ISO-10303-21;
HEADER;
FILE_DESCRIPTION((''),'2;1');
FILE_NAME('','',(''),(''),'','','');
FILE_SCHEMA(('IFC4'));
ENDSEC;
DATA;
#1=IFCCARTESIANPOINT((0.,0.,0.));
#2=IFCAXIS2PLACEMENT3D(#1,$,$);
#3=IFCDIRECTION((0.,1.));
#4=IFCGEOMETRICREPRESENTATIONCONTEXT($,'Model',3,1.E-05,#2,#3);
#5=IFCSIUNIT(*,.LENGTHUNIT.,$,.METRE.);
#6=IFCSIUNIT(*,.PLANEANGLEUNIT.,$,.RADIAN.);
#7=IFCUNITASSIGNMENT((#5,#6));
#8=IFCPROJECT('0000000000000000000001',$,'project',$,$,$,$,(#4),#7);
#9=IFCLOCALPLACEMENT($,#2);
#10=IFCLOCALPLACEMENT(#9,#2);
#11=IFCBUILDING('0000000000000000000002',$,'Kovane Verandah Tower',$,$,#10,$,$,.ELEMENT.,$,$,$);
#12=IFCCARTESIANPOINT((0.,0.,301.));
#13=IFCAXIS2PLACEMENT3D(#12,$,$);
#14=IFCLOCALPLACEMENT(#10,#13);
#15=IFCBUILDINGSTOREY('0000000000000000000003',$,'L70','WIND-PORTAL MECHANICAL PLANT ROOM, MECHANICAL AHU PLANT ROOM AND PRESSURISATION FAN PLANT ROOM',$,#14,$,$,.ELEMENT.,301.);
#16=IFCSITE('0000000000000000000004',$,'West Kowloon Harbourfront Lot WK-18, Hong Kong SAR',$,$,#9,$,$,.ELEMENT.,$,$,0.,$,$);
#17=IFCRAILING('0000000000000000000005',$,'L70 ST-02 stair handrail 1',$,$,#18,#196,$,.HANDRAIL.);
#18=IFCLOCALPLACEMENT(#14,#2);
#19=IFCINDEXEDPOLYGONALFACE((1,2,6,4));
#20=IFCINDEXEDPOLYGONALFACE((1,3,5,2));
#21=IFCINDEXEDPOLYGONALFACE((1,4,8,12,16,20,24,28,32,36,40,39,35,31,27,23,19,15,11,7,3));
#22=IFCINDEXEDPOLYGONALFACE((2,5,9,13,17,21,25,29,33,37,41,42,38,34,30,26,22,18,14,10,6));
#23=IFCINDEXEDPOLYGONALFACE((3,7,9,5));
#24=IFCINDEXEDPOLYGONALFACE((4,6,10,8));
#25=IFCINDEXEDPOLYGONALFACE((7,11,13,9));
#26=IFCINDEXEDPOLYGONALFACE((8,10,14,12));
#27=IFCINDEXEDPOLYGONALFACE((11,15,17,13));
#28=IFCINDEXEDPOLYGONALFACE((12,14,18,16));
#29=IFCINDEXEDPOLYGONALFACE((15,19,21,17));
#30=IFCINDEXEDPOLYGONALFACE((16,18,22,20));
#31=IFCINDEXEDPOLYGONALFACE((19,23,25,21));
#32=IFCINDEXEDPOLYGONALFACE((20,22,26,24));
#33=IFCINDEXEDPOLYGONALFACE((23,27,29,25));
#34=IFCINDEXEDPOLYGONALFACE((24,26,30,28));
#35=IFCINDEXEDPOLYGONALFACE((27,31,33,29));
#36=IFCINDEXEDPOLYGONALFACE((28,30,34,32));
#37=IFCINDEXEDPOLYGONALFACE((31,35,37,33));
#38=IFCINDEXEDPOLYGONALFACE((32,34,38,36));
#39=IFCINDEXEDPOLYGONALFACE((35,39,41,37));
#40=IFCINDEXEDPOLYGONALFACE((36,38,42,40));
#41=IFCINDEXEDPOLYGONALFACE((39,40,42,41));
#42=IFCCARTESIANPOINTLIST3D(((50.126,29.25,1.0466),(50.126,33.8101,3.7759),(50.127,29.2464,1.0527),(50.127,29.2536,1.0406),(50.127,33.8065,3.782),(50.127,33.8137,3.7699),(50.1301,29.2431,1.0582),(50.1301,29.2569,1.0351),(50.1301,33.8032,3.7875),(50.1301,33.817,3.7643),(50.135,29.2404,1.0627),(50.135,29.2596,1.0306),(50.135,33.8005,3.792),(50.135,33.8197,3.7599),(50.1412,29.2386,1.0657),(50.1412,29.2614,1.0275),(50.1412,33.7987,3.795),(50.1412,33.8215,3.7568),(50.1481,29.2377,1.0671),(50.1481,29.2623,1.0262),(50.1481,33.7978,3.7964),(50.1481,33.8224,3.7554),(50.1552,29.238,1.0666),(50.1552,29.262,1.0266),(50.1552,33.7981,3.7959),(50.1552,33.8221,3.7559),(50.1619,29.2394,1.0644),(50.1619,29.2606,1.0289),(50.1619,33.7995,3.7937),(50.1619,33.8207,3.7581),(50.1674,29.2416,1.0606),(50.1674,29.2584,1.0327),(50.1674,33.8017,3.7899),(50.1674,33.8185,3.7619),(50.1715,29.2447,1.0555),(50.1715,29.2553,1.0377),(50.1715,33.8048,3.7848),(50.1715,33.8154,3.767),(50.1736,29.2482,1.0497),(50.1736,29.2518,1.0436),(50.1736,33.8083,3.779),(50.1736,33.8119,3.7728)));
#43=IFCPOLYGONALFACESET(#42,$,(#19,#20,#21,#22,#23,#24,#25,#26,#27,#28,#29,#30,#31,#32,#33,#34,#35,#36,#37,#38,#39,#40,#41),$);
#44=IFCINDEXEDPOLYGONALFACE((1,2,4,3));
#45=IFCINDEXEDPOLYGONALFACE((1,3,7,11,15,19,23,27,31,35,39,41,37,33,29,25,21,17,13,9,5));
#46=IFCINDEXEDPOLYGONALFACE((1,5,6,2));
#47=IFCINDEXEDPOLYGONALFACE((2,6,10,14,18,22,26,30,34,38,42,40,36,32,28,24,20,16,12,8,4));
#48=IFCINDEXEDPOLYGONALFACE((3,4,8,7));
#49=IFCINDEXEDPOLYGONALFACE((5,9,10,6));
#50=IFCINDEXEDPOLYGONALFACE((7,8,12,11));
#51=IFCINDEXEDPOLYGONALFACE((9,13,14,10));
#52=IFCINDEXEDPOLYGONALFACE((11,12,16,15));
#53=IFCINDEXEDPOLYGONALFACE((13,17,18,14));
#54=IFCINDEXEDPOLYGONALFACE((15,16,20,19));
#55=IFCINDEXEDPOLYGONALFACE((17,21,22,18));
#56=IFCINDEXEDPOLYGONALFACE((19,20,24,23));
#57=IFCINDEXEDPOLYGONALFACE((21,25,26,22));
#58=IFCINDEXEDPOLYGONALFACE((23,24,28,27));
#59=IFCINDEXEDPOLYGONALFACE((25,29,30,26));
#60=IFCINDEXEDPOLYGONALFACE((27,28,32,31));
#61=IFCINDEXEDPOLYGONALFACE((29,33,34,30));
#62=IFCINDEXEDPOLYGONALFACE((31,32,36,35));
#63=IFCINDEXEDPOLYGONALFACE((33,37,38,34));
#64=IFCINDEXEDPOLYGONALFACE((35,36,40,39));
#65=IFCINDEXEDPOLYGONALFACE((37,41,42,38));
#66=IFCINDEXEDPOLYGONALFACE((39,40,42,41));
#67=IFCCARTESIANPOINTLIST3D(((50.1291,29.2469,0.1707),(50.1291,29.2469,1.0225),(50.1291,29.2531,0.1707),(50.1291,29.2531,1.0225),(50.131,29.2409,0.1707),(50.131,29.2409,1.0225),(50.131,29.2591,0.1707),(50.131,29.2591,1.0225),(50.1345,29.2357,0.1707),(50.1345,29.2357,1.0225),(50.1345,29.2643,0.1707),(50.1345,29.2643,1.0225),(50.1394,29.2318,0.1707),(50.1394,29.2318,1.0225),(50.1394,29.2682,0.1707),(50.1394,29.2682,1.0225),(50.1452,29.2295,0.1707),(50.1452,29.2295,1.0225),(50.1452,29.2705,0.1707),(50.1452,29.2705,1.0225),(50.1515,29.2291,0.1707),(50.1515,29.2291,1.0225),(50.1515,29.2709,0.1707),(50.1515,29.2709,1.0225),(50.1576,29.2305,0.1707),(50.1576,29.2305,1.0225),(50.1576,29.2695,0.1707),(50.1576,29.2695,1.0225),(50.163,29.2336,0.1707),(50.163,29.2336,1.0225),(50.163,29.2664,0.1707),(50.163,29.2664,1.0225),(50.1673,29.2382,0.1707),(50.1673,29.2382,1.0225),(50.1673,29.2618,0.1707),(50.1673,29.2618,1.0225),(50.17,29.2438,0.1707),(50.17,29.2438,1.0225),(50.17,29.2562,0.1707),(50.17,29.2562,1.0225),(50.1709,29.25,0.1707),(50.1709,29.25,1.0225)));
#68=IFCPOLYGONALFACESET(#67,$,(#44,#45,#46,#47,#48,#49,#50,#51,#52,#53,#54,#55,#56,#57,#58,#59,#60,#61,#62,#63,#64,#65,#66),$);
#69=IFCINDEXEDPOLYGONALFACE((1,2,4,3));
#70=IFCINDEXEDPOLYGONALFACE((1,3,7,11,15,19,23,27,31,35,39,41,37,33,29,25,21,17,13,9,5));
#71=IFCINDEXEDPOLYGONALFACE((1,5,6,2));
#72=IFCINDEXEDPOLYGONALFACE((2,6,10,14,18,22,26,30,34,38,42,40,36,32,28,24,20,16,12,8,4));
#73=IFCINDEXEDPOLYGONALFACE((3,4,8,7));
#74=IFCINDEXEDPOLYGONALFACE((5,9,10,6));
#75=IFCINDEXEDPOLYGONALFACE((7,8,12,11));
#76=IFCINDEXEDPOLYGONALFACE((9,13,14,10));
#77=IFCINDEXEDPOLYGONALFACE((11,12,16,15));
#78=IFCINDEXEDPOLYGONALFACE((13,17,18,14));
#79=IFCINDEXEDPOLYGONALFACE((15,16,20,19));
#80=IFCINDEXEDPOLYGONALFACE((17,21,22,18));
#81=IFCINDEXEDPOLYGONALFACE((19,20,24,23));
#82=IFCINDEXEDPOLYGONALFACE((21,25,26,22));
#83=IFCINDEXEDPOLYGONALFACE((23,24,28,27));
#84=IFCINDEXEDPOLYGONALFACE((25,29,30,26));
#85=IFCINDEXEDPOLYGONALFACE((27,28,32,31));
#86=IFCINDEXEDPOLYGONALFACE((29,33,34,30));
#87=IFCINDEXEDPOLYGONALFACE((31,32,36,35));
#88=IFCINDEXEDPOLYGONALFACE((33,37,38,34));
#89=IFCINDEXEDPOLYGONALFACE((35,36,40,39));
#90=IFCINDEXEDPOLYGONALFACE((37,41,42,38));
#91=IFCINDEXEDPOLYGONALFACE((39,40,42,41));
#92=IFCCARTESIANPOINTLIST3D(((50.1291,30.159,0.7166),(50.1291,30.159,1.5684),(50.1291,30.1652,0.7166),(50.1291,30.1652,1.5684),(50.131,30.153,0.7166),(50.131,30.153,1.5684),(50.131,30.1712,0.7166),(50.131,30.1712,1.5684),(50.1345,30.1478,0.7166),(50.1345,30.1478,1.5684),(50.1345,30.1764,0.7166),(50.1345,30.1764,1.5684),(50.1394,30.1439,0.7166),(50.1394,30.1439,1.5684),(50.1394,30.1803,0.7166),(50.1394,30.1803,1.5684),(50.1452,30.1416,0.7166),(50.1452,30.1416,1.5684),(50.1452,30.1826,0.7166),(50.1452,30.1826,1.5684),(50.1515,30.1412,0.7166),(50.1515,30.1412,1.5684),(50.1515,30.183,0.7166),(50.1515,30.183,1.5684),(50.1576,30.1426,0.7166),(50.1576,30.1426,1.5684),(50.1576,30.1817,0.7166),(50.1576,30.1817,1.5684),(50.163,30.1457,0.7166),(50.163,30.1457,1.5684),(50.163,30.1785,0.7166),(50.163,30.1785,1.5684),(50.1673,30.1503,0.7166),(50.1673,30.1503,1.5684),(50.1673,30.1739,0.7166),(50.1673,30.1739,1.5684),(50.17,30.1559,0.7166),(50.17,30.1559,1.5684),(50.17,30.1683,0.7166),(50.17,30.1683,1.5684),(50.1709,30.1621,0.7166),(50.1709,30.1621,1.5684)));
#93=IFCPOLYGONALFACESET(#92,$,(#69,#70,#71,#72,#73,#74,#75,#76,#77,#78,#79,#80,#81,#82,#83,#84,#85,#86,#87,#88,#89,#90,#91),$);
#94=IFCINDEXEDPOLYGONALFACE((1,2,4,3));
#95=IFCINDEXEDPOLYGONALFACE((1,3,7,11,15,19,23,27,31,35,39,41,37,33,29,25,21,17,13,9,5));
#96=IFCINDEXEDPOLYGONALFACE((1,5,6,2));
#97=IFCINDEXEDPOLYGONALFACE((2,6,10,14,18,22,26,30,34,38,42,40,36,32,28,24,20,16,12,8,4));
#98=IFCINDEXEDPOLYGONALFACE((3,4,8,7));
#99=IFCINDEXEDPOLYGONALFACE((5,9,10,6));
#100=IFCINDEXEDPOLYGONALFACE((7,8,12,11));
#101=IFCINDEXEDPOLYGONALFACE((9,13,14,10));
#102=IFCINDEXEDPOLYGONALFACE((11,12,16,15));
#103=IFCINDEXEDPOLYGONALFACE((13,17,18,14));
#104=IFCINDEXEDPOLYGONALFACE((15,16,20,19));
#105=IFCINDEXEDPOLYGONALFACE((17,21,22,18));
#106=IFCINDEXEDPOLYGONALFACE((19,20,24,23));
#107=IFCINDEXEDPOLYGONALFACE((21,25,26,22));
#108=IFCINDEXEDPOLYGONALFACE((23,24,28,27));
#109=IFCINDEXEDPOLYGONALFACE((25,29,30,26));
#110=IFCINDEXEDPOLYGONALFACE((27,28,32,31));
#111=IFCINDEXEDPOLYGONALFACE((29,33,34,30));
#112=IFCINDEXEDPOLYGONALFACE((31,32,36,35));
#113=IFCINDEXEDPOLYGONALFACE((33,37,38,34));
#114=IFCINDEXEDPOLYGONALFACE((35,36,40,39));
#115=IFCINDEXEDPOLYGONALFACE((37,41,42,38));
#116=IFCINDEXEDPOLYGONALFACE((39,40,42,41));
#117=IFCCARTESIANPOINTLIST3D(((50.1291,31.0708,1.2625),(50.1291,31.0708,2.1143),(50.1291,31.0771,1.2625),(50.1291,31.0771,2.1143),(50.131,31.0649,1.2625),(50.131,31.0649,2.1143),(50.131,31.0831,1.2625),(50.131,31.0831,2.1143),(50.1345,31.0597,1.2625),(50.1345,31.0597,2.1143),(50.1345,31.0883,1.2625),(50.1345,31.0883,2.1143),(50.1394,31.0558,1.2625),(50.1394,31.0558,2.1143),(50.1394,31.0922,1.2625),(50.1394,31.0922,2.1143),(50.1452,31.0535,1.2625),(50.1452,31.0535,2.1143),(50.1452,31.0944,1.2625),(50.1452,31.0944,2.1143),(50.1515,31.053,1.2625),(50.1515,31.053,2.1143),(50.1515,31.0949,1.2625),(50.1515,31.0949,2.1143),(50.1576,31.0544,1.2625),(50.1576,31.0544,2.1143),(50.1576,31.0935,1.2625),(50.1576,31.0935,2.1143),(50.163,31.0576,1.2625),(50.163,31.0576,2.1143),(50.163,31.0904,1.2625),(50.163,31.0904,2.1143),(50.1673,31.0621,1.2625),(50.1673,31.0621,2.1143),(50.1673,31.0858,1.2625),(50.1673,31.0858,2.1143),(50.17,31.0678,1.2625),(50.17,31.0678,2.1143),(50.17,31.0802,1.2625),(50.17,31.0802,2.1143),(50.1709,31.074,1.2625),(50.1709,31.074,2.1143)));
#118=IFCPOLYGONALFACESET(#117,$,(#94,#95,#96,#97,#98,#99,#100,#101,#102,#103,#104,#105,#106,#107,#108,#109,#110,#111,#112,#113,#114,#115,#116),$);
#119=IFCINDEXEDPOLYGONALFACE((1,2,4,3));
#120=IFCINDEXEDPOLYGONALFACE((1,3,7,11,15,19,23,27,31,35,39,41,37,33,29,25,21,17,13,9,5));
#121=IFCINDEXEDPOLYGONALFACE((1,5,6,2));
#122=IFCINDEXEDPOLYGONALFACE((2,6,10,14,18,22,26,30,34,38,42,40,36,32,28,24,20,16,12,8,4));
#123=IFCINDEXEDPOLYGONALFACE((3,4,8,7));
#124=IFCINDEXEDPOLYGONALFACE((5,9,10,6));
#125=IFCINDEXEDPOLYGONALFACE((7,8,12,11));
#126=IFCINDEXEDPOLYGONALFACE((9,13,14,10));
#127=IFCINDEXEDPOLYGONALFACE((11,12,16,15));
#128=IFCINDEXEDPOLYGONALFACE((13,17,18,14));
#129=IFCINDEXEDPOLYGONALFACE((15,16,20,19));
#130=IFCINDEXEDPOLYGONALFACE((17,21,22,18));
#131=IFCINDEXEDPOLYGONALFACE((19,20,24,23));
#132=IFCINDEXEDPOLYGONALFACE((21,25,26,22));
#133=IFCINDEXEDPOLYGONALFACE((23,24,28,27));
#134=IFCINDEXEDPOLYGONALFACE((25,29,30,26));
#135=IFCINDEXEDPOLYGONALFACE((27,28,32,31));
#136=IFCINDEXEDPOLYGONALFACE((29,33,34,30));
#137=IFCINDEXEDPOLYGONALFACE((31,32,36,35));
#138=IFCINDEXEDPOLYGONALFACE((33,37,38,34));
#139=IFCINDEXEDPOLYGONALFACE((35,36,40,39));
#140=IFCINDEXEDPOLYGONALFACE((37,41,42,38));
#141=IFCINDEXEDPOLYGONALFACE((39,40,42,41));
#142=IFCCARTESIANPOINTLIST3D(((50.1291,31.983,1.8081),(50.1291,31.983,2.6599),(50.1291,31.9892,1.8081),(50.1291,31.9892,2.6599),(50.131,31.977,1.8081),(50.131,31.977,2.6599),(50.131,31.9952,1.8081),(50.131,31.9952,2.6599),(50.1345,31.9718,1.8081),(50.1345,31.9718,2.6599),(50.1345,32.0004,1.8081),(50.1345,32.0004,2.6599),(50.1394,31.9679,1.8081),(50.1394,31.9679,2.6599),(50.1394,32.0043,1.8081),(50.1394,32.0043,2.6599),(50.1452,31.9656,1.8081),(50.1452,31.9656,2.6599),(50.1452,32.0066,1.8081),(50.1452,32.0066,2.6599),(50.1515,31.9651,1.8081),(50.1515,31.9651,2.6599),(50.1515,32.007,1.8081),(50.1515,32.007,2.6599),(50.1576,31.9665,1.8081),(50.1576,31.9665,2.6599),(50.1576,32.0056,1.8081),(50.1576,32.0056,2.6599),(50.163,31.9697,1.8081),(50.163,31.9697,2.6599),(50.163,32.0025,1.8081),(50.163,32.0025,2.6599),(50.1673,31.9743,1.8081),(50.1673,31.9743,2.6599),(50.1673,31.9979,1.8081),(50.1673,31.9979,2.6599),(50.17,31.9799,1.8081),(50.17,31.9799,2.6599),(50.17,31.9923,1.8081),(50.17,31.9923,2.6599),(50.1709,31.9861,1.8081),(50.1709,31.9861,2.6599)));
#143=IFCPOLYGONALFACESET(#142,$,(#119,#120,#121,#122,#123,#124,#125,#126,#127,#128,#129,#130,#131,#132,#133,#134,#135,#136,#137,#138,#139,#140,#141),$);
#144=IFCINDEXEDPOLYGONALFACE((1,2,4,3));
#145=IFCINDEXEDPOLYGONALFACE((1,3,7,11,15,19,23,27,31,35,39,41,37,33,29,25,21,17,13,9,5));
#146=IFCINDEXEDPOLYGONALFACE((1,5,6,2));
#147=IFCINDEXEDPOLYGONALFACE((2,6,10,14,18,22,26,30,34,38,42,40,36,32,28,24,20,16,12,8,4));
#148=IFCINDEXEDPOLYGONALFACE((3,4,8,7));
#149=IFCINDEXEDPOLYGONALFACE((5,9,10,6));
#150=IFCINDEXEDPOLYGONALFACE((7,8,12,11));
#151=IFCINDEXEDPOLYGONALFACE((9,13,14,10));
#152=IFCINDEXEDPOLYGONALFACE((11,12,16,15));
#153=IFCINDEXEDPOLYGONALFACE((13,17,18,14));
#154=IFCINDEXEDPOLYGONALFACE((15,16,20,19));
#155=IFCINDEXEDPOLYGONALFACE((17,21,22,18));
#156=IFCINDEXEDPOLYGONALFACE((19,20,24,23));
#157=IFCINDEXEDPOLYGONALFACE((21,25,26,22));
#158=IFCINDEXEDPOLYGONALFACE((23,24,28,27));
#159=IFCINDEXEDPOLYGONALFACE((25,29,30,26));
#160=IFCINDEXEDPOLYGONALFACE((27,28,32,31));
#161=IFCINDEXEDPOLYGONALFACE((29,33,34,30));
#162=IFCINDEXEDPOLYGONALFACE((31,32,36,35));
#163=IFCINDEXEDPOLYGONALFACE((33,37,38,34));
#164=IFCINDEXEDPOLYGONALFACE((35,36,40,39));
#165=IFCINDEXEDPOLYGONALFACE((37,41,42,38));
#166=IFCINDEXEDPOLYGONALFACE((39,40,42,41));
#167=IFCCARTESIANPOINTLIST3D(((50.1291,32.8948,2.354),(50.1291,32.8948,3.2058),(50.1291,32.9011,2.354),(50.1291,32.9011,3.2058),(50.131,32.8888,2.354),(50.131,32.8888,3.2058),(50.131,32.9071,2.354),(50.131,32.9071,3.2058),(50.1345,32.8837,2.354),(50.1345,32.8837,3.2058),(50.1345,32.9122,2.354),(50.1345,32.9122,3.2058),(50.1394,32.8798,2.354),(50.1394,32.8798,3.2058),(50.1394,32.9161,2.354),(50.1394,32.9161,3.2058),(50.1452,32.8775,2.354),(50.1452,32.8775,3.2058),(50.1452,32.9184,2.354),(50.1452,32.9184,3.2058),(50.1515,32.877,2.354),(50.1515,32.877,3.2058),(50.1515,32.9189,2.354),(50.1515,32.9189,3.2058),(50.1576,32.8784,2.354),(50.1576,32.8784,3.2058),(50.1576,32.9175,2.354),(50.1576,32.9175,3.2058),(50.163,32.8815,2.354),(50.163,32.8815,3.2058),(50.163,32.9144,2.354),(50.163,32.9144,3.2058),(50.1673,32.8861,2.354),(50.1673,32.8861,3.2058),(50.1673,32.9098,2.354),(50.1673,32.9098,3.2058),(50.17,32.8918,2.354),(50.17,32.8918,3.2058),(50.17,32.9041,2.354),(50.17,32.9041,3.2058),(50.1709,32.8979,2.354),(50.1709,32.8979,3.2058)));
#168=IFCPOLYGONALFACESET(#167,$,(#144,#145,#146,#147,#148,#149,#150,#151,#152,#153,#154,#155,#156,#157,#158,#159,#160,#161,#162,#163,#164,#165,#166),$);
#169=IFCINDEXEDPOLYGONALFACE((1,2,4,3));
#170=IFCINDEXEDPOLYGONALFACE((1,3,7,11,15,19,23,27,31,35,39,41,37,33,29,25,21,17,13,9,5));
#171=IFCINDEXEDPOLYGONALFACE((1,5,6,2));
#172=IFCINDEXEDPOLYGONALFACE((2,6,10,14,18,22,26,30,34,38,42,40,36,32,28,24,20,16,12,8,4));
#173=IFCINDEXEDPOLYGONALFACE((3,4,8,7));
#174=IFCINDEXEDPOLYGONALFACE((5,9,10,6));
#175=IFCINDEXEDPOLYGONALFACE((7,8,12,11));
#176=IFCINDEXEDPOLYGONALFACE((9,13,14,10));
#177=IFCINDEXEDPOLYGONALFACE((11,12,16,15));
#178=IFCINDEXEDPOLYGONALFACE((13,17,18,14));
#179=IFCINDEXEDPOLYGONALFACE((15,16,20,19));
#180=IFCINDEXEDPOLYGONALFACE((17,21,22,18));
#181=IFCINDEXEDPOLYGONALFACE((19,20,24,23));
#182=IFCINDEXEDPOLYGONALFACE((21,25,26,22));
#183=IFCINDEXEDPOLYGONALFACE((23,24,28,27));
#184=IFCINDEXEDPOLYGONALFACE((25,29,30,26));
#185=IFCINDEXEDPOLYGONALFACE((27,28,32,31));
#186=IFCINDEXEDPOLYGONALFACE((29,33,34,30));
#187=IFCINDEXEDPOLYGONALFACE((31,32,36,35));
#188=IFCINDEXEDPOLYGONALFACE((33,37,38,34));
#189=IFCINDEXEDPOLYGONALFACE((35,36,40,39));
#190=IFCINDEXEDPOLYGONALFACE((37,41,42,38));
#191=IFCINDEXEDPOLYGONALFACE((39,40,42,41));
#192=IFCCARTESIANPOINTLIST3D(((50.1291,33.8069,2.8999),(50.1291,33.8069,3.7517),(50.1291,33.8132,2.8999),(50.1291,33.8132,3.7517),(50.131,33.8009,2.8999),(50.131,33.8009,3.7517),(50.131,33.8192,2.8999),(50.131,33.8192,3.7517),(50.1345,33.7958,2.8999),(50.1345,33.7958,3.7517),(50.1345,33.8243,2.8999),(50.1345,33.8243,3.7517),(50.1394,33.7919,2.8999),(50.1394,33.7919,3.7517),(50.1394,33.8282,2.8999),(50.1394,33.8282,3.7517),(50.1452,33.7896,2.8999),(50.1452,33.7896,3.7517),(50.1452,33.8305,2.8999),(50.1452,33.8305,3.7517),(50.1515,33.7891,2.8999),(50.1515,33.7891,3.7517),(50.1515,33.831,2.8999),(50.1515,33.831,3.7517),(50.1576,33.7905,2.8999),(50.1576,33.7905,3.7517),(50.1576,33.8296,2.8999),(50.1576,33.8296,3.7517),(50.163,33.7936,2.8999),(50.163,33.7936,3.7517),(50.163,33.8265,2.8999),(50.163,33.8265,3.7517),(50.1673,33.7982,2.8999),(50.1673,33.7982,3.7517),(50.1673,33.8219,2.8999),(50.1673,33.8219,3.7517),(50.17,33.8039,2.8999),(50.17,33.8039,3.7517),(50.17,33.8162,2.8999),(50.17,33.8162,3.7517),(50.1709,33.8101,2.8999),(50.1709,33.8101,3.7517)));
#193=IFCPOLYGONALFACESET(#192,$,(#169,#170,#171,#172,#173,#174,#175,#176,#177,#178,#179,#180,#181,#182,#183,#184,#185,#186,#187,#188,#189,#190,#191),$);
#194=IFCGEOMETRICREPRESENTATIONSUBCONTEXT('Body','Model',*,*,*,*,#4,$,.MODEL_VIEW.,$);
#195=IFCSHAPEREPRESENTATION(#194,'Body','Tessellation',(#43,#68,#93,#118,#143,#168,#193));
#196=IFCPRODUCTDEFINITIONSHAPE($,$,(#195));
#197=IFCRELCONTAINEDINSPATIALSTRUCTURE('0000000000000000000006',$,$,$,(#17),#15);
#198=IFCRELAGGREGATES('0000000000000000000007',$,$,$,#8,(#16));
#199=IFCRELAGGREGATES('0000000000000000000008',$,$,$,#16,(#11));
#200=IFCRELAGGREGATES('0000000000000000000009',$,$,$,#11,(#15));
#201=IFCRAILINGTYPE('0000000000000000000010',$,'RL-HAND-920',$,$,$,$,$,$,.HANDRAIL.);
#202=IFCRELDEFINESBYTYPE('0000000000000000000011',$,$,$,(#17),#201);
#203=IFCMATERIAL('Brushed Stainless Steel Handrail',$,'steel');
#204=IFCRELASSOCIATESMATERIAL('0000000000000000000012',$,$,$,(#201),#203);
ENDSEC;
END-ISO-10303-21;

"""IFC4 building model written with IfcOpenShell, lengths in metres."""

from ifc_helpers import new_model, si_unit, direction, frame, origin, origin_2d, place, context, subcontext, project, spatial, circle, extrude, material, type_object, element, save


model = new_model("IFC4")

# Units and contexts
model_context = context("Model", 3, precision=1e-05, world=origin(), true_north=direction((0.0, 1.0)))
body_context = subcontext(model_context, "Body", "Model", "MODEL_VIEW")
ifc_project = project(units=[si_unit("LENGTHUNIT", "METRE"), si_unit("PLANEANGLEUNIT", "RADIAN")], contexts=[model_context])

# Site, building, storey
site_placement = place(None, origin())
site = spatial("IfcSite", under=ifc_project, at=site_placement, Name="West Kowloon Harbourfront Lot WK-18, Hong Kong SAR", CompositionType="ELEMENT", RefElevation=0.0)
building_placement = place(site_placement, origin())
building = spatial("IfcBuilding", under=site, at=building_placement, Name="Kovane Verandah Tower", CompositionType="ELEMENT")
storey_placement = place(building_placement, frame((0.0, 0.0, 301.0)))
storey = spatial("IfcBuildingStorey", under=building, at=storey_placement, Name="L70", Description="WIND-PORTAL MECHANICAL PLANT ROOM, MECHANICAL AHU PLANT ROOM AND PRESSURISATION FAN PLANT ROOM", CompositionType="ELEMENT", Elevation=301.0)

# Railing
ifc_material_1 = material(Name="Brushed Stainless Steel Handrail", Category="steel")
railing_type_1 = type_object("IfcRailingType", Name="RL-HAND-920", PredefinedType="HANDRAIL", material=ifc_material_1)
railing_1_placement = place(storey_placement, frame((50.1499, 29.25, 0.1707)))
element("IfcRailing", 1, at=railing_1_placement, inside=storey, type_object=railing_type_1, Name="L70 ST-02 stair handrail 1", PredefinedType="HANDRAIL", context=body_context, shape_type="SweptSolid", body=[
    extrude(circle(Radius=0.0239, at=origin_2d()), frame((0.0, 0.0, 0.876), z_axis=(0.0, 0.858056, 0.513556), x_axis=(-1.0, 0.0, 0.0)), (0.0, 0.0, 1.0), 5.3145),
    extrude(circle(Radius=0.021, at=origin_2d()), origin(), (0.0, 0.0, 1.0), 0.8518),
    extrude(circle(Radius=0.021, at=origin_2d()), frame((0.0, 0.9121, 0.5459)), (0.0, 0.0, 1.0), 0.8518),
    extrude(circle(Radius=0.021, at=origin_2d()), frame((0.0, 1.824, 1.0918)), (0.0, 0.0, 1.0), 0.8518),
    extrude(circle(Radius=0.021, at=origin_2d()), frame((0.0, 2.7361, 1.6375)), (0.0, 0.0, 1.0), 0.8518),
    extrude(circle(Radius=0.021, at=origin_2d()), frame((0.0, 3.6479, 2.1833)), (0.0, 0.0, 1.0), 0.8518),
    extrude(circle(Radius=0.021, at=origin_2d()), frame((0.0, 4.5601, 2.7292)), (0.0, 0.0, 1.0), 0.8518),
])

save(model, "model.ifc")
